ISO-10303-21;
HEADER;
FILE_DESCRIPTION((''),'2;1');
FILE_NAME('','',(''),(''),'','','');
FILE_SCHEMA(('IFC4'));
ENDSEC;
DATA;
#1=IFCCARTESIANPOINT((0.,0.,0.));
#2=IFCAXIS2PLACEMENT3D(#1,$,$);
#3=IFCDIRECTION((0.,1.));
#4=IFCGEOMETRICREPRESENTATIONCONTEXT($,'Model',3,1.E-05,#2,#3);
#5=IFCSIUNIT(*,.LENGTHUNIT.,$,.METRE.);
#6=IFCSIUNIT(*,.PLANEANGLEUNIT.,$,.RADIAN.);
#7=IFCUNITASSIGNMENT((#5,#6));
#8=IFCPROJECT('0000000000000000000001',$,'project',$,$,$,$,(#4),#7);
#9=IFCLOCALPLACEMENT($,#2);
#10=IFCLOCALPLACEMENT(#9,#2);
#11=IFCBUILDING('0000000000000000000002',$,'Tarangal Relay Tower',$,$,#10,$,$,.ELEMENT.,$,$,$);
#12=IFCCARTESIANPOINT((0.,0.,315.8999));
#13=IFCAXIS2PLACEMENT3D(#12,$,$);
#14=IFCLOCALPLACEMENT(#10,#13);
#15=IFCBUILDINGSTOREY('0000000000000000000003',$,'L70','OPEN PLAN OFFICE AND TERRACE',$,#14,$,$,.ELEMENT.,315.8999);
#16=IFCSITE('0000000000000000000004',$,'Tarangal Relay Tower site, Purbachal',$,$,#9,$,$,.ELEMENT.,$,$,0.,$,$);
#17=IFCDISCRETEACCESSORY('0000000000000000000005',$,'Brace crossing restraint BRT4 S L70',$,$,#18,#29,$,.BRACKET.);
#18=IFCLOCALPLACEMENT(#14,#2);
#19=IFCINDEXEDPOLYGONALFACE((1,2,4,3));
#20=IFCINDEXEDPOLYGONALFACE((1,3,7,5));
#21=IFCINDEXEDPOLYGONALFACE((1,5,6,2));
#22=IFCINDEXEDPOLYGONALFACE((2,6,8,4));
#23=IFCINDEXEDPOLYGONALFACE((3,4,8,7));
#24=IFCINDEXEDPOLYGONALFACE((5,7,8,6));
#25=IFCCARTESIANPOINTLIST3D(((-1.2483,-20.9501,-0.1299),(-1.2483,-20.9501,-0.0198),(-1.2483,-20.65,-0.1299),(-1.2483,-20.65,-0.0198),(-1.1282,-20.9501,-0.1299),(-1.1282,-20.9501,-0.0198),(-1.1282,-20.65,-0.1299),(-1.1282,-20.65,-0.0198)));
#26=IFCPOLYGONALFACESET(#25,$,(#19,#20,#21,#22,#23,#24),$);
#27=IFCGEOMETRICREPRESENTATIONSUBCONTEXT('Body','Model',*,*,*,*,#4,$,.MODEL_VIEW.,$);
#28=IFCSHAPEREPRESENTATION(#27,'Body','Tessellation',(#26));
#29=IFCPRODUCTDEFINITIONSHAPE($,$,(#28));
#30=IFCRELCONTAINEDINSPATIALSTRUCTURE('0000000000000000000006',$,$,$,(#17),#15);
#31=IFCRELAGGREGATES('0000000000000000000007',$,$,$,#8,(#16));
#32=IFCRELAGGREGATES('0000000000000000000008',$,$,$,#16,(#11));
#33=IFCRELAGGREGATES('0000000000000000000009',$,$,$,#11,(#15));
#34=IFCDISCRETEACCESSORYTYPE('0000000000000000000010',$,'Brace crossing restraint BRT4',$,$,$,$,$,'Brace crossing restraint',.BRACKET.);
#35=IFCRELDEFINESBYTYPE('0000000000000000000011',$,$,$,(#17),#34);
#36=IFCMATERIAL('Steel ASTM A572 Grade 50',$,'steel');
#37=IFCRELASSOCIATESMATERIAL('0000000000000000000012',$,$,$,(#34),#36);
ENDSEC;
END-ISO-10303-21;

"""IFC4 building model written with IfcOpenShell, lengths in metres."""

from ifc_helpers import new_model, si_unit, direction, frame, origin, origin_2d, place, context, subcontext, project, spatial, rectangle, extrude, material, type_object, element, save


model = new_model("IFC4")

# Units and contexts
model_context = context("Model", 3, precision=1e-05, world=origin(), true_north=direction((0.0, 1.0)))
body_context = subcontext(model_context, "Body", "Model", "MODEL_VIEW")
ifc_project = project(units=[si_unit("LENGTHUNIT", "METRE"), si_unit("PLANEANGLEUNIT", "RADIAN")], contexts=[model_context])

# Site, building, storey
site_placement = place(None, origin())
site = spatial("IfcSite", under=ifc_project, at=site_placement, Name="Tarangal Relay Tower site, Purbachal", CompositionType="ELEMENT", RefElevation=0.0)
building_placement = place(site_placement, origin())
building = spatial("IfcBuilding", under=site, at=building_placement, Name="Tarangal Relay Tower", CompositionType="ELEMENT")
storey_placement = place(building_placement, frame((0.0, 0.0, 315.8999)))
storey = spatial("IfcBuildingStorey", under=building, at=storey_placement, Name="L70", Description="OPEN PLAN OFFICE AND TERRACE", CompositionType="ELEMENT", Elevation=315.8999)

# Shared definitions
ifc_material_1 = material(Name="Steel ASTM A572 Grade 50", Category="steel")

# Discrete accessory
discrete_accessory_type = type_object("IfcDiscreteAccessoryType", Name="Brace crossing restraint BRT4", ElementType="Brace crossing restraint", PredefinedType="BRACKET", material=ifc_material_1)
discrete_accessory_placement = place(storey_placement, frame((-1.1882, -20.8, -0.1299), z_axis=(0.0, 0.0, 1.0), x_axis=(1.0, 0.0, 0.0)))
element("IfcDiscreteAccessory", 1, at=discrete_accessory_placement, inside=storey, type_object=discrete_accessory_type, Name="Brace crossing restraint BRT4 S L70", PredefinedType="BRACKET", context=body_context, shape_type="SweptSolid", body=[
    extrude(rectangle(XDim=0.1201, YDim=0.3, at=origin_2d()), origin(), (0.0, 0.0, 1.0), 0.1101),
])

save(model, "model.ifc")
